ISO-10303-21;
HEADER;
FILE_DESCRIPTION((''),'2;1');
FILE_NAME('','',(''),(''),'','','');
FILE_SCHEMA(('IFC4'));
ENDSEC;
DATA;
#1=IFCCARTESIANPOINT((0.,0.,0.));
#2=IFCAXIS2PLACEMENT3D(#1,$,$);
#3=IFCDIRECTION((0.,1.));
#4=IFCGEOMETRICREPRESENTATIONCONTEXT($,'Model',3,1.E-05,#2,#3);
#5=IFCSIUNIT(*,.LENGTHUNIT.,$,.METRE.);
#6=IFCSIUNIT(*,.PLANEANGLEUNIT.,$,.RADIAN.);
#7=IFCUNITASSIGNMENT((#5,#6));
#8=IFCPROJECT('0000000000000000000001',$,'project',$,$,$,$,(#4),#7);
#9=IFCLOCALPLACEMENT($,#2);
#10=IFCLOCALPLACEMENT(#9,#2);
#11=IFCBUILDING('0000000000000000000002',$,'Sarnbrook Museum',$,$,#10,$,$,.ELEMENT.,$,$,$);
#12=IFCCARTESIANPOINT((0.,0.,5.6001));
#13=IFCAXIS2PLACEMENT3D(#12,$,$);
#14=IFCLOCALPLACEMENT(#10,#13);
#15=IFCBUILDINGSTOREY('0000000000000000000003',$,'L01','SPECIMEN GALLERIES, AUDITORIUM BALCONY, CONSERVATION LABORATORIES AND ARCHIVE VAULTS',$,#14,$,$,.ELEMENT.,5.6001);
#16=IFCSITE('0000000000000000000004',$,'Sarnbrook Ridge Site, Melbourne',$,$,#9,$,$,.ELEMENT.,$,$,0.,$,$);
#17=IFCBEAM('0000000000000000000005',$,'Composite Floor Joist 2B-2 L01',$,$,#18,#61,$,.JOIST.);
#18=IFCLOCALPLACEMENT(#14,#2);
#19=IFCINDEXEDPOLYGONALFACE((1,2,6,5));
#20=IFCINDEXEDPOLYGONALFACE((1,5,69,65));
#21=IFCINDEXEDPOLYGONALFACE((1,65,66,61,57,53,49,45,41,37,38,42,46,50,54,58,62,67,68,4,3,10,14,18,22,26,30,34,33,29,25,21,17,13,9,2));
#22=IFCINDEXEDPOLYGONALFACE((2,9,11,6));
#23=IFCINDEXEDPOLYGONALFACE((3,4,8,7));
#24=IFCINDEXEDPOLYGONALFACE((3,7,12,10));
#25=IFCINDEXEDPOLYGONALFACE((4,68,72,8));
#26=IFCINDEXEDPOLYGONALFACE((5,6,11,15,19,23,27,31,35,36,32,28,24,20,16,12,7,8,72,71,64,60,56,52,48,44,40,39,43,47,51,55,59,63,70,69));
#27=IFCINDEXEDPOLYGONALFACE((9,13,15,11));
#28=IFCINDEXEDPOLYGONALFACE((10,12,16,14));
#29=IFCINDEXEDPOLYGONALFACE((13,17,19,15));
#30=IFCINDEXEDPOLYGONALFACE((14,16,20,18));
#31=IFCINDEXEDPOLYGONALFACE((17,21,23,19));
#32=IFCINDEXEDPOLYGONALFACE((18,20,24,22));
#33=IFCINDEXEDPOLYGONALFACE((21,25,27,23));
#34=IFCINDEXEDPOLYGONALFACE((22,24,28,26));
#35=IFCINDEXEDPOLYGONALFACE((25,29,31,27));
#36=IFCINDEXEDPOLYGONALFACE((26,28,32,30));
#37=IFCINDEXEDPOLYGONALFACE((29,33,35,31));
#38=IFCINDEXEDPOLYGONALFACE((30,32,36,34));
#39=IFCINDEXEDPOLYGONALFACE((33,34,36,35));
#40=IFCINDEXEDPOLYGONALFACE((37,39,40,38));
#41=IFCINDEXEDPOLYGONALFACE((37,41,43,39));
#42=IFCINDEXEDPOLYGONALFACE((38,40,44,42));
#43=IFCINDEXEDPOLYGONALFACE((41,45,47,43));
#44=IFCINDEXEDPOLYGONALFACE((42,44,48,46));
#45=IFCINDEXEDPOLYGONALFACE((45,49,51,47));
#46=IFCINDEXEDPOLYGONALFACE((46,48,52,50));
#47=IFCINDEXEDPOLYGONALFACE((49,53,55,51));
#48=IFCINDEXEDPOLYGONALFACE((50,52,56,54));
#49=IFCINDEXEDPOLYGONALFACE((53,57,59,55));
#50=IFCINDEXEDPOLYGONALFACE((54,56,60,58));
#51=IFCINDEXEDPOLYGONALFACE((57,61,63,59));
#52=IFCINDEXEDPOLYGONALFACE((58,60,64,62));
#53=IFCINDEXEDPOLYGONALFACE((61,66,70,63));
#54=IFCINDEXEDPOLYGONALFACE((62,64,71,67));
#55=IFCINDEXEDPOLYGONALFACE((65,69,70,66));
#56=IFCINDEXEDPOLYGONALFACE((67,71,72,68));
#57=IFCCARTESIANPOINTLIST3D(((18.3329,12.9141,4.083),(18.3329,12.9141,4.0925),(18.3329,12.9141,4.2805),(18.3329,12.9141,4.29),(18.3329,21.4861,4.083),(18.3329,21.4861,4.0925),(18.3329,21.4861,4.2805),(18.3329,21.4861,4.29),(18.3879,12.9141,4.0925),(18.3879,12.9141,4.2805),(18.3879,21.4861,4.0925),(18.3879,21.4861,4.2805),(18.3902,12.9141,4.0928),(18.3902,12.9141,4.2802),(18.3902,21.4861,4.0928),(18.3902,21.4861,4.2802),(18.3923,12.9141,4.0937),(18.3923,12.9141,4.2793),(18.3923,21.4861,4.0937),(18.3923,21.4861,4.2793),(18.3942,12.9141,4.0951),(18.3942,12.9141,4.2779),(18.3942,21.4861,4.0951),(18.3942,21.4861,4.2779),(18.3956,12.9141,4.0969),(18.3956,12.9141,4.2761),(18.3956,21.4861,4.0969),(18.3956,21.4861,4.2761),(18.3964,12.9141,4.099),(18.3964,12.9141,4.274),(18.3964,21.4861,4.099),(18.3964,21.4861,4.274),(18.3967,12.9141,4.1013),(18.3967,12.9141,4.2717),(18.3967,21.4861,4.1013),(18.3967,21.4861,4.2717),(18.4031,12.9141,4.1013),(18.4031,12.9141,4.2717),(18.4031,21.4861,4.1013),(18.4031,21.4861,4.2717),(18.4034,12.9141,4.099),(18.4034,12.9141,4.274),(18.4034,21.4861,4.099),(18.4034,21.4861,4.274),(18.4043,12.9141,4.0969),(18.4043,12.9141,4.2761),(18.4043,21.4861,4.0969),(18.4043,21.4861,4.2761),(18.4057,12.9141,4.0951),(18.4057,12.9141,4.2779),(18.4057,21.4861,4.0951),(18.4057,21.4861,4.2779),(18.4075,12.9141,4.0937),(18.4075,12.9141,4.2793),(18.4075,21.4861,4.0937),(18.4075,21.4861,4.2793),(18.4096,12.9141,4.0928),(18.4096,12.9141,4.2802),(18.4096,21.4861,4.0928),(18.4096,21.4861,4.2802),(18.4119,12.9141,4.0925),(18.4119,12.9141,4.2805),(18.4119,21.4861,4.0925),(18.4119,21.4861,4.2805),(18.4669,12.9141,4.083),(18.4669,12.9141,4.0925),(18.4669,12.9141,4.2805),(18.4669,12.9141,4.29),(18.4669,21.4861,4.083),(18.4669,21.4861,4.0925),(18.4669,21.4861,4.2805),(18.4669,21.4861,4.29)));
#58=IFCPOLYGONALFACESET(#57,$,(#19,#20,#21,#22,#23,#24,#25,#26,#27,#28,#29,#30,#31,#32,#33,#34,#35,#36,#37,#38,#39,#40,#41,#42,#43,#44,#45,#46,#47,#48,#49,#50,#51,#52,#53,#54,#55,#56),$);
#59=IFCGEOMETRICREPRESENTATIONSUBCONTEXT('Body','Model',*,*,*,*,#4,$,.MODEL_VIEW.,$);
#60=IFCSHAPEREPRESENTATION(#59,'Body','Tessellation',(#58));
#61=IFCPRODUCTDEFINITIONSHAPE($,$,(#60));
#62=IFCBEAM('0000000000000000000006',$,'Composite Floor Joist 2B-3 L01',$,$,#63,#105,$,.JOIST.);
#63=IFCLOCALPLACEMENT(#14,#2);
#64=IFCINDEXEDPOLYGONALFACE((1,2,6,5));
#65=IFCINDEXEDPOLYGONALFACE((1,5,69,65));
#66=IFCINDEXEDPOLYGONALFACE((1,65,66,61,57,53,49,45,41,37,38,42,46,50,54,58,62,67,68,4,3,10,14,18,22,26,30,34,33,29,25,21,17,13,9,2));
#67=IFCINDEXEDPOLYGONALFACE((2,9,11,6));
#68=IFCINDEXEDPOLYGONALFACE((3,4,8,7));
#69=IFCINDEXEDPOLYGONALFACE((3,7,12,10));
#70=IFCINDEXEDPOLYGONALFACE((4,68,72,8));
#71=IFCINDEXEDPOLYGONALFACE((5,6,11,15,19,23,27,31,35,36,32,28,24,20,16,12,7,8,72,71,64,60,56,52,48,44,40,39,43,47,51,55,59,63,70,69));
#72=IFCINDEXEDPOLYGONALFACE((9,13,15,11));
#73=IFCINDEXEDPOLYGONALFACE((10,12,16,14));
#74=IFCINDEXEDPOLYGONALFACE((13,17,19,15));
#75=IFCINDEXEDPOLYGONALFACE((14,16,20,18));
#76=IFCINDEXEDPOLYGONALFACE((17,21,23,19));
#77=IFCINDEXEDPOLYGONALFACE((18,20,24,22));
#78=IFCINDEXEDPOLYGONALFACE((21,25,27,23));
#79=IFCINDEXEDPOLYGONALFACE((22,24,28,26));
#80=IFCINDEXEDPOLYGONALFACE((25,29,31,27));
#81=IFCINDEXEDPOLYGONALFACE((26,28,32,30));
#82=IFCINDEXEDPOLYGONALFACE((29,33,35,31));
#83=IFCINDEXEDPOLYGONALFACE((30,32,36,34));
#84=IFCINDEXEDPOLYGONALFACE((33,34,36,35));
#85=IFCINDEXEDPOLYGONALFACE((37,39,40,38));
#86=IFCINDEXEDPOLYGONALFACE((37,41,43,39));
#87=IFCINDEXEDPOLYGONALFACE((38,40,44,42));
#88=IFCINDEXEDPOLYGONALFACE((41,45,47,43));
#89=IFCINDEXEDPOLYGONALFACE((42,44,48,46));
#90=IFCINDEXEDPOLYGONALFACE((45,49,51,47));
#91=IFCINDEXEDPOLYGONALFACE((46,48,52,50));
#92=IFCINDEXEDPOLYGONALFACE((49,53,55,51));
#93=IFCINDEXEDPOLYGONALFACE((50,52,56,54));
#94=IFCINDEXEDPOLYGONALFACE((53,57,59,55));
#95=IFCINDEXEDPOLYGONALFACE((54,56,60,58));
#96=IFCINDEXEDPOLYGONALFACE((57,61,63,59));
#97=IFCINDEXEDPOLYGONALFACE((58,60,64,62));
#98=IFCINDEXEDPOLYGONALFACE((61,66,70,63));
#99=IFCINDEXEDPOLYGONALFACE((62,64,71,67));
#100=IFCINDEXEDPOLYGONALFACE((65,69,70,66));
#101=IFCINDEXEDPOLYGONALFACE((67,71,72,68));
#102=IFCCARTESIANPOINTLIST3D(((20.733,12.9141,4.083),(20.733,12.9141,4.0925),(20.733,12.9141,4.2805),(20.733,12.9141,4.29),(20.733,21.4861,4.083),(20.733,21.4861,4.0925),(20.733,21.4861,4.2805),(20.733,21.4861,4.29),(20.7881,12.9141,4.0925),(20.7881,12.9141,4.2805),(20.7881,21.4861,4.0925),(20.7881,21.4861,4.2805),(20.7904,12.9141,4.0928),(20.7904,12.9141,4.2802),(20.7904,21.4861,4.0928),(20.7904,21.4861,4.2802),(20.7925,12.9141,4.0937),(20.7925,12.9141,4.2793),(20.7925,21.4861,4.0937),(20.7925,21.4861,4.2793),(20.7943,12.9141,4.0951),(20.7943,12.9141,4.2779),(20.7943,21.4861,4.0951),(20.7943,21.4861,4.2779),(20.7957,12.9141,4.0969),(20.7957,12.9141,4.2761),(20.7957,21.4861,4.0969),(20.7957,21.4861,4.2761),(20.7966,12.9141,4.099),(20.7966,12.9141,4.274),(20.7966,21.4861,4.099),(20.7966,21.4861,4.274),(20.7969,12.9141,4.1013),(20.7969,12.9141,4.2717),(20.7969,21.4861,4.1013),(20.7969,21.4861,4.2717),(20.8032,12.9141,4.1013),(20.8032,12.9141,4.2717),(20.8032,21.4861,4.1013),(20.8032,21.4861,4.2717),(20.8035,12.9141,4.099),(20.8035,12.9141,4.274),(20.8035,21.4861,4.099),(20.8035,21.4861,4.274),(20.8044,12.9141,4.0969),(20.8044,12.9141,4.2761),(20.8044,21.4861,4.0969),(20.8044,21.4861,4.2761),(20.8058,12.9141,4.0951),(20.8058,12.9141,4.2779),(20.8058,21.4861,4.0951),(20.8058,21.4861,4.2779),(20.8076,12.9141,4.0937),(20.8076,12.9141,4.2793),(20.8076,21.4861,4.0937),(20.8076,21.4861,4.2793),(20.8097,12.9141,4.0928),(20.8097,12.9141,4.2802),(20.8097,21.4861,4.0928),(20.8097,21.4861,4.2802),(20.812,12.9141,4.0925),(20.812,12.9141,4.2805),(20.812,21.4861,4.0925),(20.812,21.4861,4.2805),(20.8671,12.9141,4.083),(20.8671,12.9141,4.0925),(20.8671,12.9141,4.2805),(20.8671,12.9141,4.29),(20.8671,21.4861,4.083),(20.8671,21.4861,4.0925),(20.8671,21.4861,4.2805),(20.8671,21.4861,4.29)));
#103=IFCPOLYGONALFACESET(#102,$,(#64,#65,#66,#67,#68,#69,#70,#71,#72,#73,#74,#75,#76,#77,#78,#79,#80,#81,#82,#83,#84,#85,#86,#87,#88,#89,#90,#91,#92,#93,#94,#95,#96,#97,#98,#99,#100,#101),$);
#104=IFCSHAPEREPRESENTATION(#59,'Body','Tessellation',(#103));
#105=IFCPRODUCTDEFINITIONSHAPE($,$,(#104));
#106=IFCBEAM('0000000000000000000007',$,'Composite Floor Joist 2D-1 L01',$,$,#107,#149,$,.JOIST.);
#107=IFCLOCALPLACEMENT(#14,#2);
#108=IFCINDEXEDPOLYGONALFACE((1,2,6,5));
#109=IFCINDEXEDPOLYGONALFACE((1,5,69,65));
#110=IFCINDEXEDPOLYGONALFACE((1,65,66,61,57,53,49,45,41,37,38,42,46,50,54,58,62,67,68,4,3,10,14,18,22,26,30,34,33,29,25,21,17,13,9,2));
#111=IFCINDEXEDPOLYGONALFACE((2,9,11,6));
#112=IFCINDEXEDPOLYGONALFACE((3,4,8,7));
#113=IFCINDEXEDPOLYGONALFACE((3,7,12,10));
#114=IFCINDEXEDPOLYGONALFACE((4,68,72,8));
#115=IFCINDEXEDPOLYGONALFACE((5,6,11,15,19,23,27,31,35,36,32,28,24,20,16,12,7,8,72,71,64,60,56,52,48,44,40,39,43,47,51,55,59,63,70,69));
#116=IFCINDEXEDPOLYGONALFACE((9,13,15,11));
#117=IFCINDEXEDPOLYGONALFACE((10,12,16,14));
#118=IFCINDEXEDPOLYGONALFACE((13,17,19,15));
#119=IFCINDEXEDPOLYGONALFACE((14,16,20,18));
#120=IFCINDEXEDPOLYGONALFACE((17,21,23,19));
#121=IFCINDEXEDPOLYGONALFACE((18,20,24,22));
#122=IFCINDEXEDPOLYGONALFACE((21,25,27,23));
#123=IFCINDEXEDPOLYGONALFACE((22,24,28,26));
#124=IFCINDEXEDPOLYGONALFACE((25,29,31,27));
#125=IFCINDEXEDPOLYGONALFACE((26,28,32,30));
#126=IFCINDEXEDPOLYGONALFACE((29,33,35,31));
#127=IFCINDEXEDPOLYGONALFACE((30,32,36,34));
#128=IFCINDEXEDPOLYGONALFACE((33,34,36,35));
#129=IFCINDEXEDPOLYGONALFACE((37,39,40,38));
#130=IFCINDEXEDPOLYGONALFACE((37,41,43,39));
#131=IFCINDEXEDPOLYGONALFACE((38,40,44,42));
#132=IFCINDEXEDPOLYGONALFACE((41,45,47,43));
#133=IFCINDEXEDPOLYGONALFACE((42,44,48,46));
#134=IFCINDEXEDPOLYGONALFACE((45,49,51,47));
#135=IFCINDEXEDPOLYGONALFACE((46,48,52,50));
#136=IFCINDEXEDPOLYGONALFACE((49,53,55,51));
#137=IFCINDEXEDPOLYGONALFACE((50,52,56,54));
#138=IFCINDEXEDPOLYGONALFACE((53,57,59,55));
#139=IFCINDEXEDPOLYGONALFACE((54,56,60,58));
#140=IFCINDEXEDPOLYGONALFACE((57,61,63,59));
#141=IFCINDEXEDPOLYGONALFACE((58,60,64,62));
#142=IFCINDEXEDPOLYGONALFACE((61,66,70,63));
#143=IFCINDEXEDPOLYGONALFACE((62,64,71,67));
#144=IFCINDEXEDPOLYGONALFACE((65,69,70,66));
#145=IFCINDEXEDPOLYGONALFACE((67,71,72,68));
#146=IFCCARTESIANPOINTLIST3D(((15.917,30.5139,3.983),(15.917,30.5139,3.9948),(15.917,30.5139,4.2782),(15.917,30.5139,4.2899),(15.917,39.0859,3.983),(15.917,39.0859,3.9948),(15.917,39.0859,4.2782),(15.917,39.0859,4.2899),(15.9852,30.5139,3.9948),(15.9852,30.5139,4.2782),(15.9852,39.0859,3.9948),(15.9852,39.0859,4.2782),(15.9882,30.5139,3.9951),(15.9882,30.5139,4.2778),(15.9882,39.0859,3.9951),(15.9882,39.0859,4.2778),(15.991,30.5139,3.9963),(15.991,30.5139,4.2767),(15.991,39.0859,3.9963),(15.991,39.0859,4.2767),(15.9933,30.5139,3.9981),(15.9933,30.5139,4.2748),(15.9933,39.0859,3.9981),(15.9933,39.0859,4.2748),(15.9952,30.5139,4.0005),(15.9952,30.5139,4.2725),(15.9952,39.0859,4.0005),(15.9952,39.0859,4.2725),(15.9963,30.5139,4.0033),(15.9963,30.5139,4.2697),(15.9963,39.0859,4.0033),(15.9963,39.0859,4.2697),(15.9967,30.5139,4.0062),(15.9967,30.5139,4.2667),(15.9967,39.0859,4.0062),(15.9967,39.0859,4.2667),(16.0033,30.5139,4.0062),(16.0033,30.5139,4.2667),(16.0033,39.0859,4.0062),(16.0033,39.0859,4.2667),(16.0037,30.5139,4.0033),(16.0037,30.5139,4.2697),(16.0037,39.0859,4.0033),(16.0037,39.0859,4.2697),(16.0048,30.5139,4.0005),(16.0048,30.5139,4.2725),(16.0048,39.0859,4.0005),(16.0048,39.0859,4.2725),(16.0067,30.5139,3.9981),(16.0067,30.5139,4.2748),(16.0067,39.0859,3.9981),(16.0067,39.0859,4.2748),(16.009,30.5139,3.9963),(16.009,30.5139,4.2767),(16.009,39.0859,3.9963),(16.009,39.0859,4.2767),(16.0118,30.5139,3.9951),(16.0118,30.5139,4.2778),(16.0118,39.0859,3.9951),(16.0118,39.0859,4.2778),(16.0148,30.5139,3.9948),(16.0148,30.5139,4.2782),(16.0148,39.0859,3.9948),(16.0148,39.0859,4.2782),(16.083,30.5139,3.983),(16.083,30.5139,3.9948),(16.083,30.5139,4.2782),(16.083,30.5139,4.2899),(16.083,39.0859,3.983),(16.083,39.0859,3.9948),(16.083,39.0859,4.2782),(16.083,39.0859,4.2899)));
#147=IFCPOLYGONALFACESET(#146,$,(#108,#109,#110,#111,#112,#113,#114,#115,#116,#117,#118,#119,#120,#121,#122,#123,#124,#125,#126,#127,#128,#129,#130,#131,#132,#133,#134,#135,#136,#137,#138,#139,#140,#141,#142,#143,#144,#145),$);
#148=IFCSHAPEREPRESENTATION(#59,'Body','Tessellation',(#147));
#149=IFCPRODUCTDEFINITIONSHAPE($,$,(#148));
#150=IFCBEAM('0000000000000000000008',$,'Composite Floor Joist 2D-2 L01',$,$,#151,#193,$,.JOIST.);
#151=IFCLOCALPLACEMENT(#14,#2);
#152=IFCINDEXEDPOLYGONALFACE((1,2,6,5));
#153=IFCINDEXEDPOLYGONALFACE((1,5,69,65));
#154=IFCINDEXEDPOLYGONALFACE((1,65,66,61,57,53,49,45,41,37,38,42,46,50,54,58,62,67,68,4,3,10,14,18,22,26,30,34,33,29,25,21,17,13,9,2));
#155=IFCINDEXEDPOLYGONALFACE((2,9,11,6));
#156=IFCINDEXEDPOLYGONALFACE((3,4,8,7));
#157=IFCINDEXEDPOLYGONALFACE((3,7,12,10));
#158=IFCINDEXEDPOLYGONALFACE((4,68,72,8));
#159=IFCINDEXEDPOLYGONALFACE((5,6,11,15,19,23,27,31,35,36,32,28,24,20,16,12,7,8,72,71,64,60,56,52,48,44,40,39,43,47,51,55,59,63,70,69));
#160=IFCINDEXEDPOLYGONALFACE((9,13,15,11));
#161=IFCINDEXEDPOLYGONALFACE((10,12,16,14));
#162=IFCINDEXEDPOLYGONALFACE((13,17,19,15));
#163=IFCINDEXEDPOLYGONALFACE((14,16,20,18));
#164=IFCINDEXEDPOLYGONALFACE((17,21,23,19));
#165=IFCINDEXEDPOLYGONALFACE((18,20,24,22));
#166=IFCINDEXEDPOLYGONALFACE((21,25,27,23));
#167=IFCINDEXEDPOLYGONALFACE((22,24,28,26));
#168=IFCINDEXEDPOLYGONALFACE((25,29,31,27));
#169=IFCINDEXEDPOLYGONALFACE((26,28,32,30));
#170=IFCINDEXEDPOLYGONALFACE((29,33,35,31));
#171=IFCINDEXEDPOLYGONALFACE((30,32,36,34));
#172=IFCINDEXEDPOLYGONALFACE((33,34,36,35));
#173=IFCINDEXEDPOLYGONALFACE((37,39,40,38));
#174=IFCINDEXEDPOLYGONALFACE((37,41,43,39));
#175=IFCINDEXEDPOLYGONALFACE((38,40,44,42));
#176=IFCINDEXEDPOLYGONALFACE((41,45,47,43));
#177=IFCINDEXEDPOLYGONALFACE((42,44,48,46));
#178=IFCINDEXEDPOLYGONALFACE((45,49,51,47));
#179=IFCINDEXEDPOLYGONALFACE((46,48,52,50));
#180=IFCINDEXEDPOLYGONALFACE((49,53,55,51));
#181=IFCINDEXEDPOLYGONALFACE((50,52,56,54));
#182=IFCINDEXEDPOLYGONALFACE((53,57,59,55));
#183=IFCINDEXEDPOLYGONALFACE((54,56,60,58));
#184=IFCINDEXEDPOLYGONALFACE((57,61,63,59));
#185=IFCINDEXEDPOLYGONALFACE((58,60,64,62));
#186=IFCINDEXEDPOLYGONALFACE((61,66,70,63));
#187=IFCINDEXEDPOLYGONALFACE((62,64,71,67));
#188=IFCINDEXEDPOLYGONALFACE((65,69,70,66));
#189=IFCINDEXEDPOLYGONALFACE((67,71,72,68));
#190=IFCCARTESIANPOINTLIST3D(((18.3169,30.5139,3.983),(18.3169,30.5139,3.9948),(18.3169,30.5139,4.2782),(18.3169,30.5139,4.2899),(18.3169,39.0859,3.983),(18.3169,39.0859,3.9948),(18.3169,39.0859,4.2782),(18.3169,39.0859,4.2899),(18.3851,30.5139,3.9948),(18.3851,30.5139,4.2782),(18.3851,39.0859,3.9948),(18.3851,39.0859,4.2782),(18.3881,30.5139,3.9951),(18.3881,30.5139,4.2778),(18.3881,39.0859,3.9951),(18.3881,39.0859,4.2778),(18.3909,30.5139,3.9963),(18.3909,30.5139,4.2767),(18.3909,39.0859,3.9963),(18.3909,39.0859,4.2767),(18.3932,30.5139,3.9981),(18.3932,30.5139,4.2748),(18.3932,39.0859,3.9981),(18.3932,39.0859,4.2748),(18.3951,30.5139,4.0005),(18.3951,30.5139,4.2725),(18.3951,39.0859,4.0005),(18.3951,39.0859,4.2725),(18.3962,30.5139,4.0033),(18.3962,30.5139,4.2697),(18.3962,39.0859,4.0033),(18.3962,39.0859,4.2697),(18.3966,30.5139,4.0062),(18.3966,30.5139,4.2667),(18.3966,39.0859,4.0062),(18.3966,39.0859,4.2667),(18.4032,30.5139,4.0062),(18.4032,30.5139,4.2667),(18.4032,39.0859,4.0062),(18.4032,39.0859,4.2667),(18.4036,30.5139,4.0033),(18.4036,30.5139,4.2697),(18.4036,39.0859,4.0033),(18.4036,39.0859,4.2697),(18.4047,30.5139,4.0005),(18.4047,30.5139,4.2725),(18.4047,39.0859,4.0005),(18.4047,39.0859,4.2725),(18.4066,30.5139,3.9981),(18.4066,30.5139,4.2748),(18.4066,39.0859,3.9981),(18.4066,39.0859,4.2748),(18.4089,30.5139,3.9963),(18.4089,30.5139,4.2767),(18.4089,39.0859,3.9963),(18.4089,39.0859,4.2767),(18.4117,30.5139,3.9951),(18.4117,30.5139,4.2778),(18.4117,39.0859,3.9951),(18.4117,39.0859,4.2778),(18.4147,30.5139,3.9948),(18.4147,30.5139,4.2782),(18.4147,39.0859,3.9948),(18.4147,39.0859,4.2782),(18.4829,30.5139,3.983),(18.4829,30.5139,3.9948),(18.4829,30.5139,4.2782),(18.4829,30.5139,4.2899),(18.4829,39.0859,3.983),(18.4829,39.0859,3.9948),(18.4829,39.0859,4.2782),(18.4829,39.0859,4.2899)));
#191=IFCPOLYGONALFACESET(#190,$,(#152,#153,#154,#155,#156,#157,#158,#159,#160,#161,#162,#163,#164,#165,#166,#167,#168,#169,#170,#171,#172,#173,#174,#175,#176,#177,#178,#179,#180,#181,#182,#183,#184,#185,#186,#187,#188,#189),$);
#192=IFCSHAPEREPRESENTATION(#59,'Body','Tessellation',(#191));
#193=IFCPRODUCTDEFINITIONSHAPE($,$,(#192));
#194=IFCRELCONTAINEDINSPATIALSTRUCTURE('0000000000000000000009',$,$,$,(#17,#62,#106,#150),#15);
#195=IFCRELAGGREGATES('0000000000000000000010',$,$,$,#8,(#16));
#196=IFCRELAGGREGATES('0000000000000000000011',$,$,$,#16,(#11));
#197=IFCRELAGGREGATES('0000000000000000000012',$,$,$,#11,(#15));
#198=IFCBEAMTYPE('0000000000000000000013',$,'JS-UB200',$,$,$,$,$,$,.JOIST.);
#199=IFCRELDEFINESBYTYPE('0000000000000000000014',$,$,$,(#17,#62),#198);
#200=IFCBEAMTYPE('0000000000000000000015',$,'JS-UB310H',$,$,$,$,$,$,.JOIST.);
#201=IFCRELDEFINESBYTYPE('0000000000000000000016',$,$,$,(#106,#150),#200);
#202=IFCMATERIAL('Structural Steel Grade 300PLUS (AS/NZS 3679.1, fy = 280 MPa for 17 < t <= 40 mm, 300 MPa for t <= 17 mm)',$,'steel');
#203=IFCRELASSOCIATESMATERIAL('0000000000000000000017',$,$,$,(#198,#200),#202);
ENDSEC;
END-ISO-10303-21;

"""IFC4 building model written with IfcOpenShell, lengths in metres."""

from ifc_helpers import new_model, si_unit, direction, frame, origin, origin_2d, place, context, subcontext, project, spatial, i_section, extrude, material, material_profile, profile_set, type_object, element, save


model = new_model("IFC4")

# Units and contexts
model_context = context("Model", 3, precision=1e-05, world=origin(), true_north=direction((0.0, 1.0)))
body_context = subcontext(model_context, "Body", "Model", "MODEL_VIEW")
ifc_project = project(units=[si_unit("LENGTHUNIT", "METRE"), si_unit("PLANEANGLEUNIT", "RADIAN")], contexts=[model_context])

# Site, building, storey
site_placement = place(None, origin())
site = spatial("IfcSite", under=ifc_project, at=site_placement, Name="Sarnbrook Ridge Site, Melbourne", CompositionType="ELEMENT", RefElevation=0.0)
building_placement = place(site_placement, origin())
building = spatial("IfcBuilding", under=site, at=building_placement, Name="Sarnbrook Museum", CompositionType="ELEMENT")
storey_placement = place(building_placement, frame((0.0, 0.0, 5.6001)))
storey = spatial("IfcBuildingStorey", under=building, at=storey_placement, Name="L01", Description="SPECIMEN GALLERIES, AUDITORIUM BALCONY, CONSERVATION LABORATORIES AND ARCHIVE VAULTS", CompositionType="ELEMENT", Elevation=5.6001)

# Shared definitions
ifc_material_1 = material(Name="Structural Steel Grade 300PLUS (AS/NZS 3679.1, fy = 280 MPa for 17 < t <= 40 mm, 300 MPa for t <= 17 mm)", Category="steel")

# Beams
ifc_material_profile_1 = material_profile(ifc_material_1, i_section(OverallWidth=0.134, OverallDepth=0.207, WebThickness=0.0063, FlangeThickness=0.0095, FilletRadius=0.0088, at=origin_2d()), Name="200UB29.8")
ifc_profile_set_1 = profile_set([ifc_material_profile_1], Name="Structural Steel Grade 300PLUS (AS/NZS 3679.1, fy = 280 MPa for 17 < t <= 40 mm, 300 MPa for t <= 17 mm)")
beam_type_1 = type_object("IfcBeamType", Name="JS-UB200", PredefinedType="JOIST", material=ifc_profile_set_1)
for number, where, z_axis, x_axis, name in (
    (1, (18.3999, 12.9141, 4.1865), (0.0, 1.0, 0.0), (-1.0, 0.0, 0.0), "Composite Floor Joist 2B-2 L01"),
    (2, (20.8, 12.9141, 4.1865), (0.0, 1.0, 0.0), (-1.0, 0.0, 0.0), "Composite Floor Joist 2B-3 L01"),
):
    element("IfcBeam", number, at=place(storey_placement, frame(where, z_axis=z_axis, x_axis=x_axis)), inside=storey, type_object=beam_type_1, Name=name, PredefinedType="JOIST", context=body_context, shape_type="SweptSolid", body=[
        extrude(i_section(OverallWidth=0.134, OverallDepth=0.207, WebThickness=0.0063, FlangeThickness=0.0095, FilletRadius=0.0088, at=origin_2d()), origin(), (0.0, 0.0, 1.0), 8.572),
    ])
ifc_material_profile_2 = material_profile(ifc_material_1, i_section(OverallWidth=0.166, OverallDepth=0.3069, WebThickness=0.0066, FlangeThickness=0.0117, FilletRadius=0.0115, at=origin_2d()), Name="310UB46.2")
ifc_profile_set_2 = profile_set([ifc_material_profile_2], Name="Structural Steel Grade 300PLUS (AS/NZS 3679.1, fy = 280 MPa for 17 < t <= 40 mm, 300 MPa for t <= 17 mm)")
beam_type_2 = type_object("IfcBeamType", Name="JS-UB310H", PredefinedType="JOIST", material=ifc_profile_set_2)
for number, where, z_axis, x_axis, name in (
    (3, (16.0, 30.5139, 4.1365), (0.0, 1.0, 0.0), (-1.0, 0.0, 0.0), "Composite Floor Joist 2D-1 L01"),
    (4, (18.3999, 30.5139, 4.1365), (0.0, 1.0, 0.0), (-1.0, 0.0, 0.0), "Composite Floor Joist 2D-2 L01"),
):
    element("IfcBeam", number, at=place(storey_placement, frame(where, z_axis=z_axis, x_axis=x_axis)), inside=storey, type_object=beam_type_2, Name=name, PredefinedType="JOIST", context=body_context, shape_type="SweptSolid", body=[
        extrude(i_section(OverallWidth=0.166, OverallDepth=0.3069, WebThickness=0.0066, FlangeThickness=0.0117, FilletRadius=0.0115, at=origin_2d()), origin(), (0.0, 0.0, 1.0), 8.572),
    ])

save(model, "model.ifc")
